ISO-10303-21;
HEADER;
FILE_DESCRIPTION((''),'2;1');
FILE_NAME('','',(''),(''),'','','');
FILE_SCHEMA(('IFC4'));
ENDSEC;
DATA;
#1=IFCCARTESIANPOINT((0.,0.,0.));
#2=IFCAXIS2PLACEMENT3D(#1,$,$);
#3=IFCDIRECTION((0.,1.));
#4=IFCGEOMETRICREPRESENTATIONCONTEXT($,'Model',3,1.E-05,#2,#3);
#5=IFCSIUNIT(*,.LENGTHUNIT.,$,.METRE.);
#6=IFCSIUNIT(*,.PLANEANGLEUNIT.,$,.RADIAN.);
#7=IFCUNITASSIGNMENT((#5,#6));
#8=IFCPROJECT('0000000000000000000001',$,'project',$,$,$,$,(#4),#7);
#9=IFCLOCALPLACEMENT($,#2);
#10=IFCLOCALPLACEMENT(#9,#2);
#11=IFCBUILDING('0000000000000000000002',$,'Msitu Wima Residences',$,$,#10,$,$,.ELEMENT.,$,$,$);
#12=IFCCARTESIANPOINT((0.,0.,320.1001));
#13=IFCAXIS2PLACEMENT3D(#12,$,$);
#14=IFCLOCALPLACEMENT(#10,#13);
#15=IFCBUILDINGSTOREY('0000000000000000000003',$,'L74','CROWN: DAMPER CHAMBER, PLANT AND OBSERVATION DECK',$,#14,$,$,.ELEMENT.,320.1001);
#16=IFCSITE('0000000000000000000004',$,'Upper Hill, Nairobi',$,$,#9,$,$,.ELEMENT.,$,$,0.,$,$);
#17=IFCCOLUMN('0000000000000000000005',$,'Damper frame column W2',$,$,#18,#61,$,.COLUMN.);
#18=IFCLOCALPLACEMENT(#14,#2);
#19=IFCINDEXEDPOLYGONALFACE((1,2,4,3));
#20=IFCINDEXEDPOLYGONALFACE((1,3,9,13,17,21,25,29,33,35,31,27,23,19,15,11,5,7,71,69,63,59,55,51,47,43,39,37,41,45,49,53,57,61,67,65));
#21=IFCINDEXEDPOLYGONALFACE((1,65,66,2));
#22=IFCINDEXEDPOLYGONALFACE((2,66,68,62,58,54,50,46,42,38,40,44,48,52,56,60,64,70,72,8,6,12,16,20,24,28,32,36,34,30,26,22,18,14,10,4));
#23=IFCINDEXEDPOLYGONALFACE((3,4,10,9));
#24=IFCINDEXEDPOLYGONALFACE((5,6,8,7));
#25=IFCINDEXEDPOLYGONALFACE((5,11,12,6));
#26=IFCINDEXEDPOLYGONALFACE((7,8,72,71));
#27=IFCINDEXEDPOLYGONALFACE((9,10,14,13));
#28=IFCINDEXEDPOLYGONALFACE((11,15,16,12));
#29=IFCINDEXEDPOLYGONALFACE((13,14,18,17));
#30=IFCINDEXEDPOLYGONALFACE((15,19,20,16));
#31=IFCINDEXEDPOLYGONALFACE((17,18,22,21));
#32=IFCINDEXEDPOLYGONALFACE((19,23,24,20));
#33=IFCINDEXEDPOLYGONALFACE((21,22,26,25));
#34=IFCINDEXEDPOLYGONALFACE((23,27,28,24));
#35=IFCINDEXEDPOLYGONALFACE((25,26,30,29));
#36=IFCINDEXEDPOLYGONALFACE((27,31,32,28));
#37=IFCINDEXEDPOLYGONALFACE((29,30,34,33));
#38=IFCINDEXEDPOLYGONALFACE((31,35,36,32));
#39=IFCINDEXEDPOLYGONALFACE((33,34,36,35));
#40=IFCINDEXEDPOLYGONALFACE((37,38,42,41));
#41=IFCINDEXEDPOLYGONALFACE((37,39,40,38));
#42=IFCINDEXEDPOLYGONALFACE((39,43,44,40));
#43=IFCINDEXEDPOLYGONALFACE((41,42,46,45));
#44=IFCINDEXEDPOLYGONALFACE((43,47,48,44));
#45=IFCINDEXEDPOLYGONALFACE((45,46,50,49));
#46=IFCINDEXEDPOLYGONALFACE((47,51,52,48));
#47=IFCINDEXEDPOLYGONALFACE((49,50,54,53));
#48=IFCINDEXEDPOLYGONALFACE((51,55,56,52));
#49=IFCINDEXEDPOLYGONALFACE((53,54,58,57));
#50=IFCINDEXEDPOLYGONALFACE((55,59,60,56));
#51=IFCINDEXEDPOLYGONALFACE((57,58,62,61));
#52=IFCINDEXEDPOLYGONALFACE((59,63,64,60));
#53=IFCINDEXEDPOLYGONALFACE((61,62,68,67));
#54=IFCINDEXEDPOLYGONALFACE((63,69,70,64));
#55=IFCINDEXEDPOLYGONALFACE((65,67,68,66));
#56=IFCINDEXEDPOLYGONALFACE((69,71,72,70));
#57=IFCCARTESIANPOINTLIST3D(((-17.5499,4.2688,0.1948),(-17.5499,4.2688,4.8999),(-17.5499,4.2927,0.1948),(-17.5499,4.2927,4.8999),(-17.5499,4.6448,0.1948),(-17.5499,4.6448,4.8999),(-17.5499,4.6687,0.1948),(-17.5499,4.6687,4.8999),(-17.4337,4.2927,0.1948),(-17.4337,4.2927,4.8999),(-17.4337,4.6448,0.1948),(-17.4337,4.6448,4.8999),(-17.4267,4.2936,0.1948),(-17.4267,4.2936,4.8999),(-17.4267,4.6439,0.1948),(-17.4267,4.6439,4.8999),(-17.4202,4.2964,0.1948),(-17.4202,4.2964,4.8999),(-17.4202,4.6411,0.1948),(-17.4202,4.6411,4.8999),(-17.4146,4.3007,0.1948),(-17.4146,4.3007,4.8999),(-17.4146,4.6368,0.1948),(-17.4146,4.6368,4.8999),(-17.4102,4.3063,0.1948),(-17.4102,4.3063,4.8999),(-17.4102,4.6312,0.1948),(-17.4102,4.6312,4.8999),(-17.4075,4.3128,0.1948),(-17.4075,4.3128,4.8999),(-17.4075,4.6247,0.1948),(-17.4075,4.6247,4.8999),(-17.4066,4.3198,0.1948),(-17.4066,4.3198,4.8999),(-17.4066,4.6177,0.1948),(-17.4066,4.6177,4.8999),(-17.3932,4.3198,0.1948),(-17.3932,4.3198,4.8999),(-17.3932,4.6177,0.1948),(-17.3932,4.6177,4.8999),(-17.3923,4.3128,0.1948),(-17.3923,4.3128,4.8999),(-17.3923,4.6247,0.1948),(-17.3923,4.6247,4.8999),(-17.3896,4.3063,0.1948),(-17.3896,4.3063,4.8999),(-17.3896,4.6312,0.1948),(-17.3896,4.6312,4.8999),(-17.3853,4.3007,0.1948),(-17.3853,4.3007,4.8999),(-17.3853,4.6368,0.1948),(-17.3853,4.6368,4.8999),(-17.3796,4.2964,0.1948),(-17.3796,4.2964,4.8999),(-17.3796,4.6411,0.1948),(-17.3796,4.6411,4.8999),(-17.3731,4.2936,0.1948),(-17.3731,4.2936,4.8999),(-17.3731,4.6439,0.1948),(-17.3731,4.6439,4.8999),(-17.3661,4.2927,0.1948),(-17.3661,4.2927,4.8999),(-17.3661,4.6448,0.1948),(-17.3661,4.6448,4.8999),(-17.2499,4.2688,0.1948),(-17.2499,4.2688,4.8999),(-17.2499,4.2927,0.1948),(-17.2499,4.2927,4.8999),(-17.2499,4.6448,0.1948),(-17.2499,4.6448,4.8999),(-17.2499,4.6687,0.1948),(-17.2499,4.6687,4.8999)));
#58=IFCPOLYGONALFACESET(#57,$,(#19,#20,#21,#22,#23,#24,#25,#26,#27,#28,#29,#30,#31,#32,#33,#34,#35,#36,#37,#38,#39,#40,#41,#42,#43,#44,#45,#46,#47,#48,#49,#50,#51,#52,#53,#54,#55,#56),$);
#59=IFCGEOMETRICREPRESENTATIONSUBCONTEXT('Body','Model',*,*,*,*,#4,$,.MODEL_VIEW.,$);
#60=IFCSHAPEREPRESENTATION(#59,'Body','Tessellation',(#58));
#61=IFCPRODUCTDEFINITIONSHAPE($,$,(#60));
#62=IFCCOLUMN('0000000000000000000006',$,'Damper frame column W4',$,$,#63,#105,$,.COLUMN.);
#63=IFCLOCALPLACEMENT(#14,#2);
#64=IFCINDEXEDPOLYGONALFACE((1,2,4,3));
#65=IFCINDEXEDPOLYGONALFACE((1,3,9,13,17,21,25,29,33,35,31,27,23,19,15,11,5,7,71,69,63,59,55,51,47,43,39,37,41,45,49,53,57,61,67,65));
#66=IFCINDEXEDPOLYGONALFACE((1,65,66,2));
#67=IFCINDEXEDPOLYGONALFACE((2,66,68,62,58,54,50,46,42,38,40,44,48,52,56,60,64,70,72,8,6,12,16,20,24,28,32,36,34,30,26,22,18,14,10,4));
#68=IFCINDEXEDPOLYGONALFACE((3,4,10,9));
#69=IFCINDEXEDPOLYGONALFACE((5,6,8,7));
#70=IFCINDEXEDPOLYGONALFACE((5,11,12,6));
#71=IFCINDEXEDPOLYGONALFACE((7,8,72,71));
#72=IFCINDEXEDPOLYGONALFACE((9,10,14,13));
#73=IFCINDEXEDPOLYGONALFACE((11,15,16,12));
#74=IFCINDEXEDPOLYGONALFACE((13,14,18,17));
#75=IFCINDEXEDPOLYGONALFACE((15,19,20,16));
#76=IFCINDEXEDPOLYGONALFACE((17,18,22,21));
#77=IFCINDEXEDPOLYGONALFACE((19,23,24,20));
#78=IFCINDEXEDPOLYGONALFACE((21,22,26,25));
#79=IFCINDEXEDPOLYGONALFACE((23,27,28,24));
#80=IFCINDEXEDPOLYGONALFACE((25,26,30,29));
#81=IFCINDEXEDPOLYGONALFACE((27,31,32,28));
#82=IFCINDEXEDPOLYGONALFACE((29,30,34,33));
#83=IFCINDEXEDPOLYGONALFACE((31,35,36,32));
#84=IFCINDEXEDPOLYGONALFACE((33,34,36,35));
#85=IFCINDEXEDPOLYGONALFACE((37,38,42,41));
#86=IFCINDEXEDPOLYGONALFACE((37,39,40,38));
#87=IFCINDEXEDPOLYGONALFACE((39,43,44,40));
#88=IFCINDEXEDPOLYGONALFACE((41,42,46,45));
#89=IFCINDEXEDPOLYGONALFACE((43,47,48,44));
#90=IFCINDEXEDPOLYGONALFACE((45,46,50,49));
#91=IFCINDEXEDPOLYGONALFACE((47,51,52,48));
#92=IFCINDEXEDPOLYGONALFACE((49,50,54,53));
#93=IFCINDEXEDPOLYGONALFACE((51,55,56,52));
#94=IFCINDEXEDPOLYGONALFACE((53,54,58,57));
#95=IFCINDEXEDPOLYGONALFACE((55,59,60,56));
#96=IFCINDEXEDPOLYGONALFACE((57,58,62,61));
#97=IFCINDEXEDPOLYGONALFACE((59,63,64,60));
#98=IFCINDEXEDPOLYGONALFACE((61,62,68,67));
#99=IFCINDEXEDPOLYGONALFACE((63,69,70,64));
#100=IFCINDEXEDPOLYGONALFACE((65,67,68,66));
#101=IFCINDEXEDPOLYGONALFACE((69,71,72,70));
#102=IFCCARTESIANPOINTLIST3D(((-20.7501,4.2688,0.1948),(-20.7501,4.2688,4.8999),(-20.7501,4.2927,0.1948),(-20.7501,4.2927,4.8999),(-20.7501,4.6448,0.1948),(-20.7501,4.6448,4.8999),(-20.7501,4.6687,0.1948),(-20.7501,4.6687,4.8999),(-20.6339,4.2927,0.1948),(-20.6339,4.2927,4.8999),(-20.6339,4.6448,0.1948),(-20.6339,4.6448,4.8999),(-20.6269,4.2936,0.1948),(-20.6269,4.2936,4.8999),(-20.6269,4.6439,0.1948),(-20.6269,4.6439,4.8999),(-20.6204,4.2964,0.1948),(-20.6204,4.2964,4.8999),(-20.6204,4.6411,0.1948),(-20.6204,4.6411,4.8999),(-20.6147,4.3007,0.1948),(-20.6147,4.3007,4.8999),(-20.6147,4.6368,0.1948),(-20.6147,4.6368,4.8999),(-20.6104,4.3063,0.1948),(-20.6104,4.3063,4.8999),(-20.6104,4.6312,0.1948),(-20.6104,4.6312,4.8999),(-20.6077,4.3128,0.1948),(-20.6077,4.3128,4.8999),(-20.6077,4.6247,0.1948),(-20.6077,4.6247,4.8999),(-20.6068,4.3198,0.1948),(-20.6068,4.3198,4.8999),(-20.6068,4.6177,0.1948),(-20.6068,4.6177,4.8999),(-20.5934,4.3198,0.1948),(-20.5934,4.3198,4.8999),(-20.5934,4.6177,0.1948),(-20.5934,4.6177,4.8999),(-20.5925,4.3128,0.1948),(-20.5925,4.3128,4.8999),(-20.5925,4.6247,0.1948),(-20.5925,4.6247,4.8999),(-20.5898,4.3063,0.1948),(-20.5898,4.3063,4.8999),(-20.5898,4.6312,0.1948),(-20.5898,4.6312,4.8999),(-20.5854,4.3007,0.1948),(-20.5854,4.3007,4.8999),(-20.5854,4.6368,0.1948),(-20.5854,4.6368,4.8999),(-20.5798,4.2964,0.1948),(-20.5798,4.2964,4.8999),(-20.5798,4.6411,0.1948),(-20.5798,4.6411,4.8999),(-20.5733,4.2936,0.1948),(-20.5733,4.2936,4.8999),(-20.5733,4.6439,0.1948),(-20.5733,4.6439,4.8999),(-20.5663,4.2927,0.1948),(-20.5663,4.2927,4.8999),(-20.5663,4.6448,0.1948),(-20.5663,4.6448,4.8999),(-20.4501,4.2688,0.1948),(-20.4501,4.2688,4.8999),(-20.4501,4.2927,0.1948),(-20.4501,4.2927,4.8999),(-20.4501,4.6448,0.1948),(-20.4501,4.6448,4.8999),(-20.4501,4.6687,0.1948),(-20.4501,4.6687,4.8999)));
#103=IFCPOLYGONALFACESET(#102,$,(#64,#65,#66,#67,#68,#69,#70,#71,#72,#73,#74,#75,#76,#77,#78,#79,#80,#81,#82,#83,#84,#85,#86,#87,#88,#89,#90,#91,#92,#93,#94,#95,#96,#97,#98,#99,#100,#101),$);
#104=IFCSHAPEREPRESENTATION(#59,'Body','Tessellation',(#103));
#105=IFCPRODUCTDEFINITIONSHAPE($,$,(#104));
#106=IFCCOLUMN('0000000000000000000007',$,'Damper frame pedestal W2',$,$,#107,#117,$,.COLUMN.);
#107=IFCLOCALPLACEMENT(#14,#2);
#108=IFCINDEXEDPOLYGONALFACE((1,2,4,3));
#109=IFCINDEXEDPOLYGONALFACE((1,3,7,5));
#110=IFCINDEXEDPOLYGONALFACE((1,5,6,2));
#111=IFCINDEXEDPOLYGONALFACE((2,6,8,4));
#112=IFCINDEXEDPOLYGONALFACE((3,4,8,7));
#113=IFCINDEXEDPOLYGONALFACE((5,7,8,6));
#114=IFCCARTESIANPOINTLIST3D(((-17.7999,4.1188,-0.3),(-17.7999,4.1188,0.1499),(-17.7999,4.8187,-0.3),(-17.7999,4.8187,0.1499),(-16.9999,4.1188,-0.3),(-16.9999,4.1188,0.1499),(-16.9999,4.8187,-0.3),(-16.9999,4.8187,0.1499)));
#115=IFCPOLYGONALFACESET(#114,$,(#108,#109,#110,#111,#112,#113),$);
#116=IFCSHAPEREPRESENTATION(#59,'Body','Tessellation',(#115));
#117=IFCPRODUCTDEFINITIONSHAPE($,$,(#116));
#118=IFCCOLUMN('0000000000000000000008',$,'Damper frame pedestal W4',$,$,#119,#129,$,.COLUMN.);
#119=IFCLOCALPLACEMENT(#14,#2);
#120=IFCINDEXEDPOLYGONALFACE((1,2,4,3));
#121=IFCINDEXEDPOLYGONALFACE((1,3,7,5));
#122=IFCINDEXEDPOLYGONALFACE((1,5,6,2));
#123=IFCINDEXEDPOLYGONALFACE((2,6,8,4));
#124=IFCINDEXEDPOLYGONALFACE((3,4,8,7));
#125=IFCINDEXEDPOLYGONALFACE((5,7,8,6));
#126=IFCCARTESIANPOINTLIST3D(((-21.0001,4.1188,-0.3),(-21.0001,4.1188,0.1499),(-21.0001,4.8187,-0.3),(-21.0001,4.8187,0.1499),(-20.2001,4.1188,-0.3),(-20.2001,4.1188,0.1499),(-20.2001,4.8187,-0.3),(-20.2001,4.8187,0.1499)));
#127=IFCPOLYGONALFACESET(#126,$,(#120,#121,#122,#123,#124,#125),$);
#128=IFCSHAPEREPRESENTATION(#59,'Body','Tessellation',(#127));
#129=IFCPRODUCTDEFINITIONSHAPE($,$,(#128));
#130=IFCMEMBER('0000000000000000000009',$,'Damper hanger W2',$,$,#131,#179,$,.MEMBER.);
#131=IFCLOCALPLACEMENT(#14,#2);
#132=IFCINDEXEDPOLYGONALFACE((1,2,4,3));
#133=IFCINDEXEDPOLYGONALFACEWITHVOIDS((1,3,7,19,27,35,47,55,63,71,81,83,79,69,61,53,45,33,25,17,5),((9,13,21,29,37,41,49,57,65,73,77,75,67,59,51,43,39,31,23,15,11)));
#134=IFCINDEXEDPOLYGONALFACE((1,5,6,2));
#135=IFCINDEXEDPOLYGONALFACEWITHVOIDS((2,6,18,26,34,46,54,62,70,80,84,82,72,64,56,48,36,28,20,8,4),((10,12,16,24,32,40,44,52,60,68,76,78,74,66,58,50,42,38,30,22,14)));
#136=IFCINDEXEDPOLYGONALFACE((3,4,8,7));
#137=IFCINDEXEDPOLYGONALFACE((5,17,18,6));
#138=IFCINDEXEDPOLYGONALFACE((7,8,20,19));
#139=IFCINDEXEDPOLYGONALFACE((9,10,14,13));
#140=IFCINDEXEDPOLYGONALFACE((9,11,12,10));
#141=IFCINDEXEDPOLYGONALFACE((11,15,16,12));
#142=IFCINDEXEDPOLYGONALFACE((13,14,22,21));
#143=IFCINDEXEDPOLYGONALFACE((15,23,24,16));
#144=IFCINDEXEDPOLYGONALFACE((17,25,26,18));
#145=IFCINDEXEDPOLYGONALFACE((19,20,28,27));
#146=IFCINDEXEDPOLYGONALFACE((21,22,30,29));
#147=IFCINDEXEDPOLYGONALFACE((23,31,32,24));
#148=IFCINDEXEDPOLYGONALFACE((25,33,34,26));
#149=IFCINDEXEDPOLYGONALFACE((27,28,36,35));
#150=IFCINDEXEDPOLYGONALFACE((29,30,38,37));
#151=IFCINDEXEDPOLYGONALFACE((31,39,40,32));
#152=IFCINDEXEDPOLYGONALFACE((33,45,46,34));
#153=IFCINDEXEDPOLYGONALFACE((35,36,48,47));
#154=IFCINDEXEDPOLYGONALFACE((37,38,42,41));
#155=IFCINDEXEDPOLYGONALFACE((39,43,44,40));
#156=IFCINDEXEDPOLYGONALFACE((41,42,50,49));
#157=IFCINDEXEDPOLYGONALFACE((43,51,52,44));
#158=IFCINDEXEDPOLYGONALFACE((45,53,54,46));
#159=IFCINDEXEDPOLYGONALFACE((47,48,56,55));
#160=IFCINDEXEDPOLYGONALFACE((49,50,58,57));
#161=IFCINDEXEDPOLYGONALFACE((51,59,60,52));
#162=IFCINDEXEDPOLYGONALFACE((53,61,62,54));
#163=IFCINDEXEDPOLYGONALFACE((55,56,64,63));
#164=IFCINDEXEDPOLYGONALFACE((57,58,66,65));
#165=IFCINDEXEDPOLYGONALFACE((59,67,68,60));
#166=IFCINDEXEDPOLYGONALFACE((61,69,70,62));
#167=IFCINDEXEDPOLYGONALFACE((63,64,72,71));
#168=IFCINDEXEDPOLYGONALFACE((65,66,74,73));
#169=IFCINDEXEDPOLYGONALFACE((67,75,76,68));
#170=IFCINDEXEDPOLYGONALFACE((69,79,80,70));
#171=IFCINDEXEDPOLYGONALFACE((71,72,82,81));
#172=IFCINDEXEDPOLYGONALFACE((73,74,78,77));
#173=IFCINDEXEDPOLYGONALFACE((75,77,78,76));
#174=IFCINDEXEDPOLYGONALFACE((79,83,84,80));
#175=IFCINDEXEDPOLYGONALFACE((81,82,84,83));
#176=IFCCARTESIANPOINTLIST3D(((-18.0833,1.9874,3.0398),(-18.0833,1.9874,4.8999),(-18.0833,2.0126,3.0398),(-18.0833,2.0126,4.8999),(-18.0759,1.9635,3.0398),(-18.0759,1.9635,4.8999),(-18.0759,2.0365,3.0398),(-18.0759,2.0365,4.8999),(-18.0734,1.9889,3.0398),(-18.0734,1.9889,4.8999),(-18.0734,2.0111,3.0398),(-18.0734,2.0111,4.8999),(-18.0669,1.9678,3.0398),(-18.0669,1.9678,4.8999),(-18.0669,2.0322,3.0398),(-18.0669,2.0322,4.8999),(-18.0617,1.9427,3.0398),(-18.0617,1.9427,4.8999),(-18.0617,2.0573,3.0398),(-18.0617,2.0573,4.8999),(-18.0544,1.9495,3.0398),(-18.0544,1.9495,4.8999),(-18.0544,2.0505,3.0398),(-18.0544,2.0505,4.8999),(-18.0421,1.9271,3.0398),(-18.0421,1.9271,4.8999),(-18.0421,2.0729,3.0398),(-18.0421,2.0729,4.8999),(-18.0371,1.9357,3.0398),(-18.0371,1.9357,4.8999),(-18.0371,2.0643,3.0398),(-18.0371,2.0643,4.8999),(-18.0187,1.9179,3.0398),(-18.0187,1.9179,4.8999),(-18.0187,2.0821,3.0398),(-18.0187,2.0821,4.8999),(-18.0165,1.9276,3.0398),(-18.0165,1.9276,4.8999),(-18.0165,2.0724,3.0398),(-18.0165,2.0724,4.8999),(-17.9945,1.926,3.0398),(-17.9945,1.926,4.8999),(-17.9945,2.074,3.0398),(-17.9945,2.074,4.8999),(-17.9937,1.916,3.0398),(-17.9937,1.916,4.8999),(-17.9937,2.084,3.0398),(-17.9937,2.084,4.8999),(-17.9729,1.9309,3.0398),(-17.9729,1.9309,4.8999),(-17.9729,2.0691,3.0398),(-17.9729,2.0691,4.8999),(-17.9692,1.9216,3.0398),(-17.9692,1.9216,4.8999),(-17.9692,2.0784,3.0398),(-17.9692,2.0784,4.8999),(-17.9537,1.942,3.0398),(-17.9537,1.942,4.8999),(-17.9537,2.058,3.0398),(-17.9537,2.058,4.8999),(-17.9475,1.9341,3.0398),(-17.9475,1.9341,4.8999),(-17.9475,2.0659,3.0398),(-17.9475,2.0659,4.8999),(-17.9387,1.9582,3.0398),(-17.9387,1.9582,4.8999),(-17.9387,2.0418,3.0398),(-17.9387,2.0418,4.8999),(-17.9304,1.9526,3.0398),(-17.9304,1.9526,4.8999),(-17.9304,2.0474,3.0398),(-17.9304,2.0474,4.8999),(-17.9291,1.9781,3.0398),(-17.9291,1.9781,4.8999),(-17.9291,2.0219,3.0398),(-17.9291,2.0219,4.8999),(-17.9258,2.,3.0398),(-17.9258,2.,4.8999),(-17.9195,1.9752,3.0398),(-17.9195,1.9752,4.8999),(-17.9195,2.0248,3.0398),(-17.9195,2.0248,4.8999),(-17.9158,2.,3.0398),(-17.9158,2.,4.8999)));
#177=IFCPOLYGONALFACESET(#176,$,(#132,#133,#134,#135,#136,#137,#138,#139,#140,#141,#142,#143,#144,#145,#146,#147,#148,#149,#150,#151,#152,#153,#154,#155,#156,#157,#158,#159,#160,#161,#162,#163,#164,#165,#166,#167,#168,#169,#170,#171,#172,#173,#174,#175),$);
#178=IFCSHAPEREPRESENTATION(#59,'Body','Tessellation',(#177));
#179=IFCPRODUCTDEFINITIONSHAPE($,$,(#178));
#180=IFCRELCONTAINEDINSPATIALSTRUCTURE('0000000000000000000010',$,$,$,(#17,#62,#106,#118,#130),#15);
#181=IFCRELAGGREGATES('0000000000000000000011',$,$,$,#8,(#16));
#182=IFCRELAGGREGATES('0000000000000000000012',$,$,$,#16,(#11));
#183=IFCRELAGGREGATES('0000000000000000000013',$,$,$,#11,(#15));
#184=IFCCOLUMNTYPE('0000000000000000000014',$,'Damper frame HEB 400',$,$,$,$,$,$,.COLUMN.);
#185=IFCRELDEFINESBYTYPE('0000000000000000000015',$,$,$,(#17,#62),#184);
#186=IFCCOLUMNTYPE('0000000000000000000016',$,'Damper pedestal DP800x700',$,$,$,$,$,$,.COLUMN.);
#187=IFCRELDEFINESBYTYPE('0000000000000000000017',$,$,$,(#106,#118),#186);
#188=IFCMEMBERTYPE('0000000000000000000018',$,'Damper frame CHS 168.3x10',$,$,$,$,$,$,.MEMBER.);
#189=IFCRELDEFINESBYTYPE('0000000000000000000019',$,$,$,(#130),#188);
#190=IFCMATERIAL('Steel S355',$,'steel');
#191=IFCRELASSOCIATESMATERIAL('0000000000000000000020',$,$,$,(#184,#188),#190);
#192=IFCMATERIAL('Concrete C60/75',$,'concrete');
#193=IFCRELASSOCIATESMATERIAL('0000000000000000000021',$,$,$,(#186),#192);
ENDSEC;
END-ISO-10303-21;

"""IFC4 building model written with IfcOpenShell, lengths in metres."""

from ifc_helpers import new_model, si_unit, direction, frame, origin, origin_2d, place, context, subcontext, project, spatial, rectangle, hollow_circle, i_section, extrude, material, material_profile, profile_set, type_object, element, save


model = new_model("IFC4")

# Units and contexts
model_context = context("Model", 3, precision=1e-05, world=origin(), true_north=direction((0.0, 1.0)))
body_context = subcontext(model_context, "Body", "Model", "MODEL_VIEW")
ifc_project = project(units=[si_unit("LENGTHUNIT", "METRE"), si_unit("PLANEANGLEUNIT", "RADIAN")], contexts=[model_context])

# Site, building, storey
site_placement = place(None, origin())
site = spatial("IfcSite", under=ifc_project, at=site_placement, Name="Upper Hill, Nairobi", CompositionType="ELEMENT", RefElevation=0.0)
building_placement = place(site_placement, origin())
building = spatial("IfcBuilding", under=site, at=building_placement, Name="Msitu Wima Residences", CompositionType="ELEMENT")
storey_placement = place(building_placement, frame((0.0, 0.0, 320.1001)))
storey = spatial("IfcBuildingStorey", under=building, at=storey_placement, Name="L74", Description="CROWN: DAMPER CHAMBER, PLANT AND OBSERVATION DECK", CompositionType="ELEMENT", Elevation=320.1001)

# Columns
ifc_material_1 = material(Name="Steel S355", Category="steel")
ifc_material_profile_1 = material_profile(ifc_material_1, i_section(OverallWidth=0.3, OverallDepth=0.3999, WebThickness=0.0134, FlangeThickness=0.0239, FilletRadius=0.0271, at=origin_2d()), Name="HEB 400")
ifc_profile_set_1 = profile_set([ifc_material_profile_1], Name="Steel S355")
column_type_1 = type_object("IfcColumnType", Name="Damper frame HEB 400", PredefinedType="COLUMN", material=ifc_profile_set_1)
for number, where, z_axis, x_axis, name in (
    (1, (-17.3999, 4.4688, 0.1948), (0.0, 0.0, 1.0), (1.0, 0.0, 0.0), "Damper frame column W2"),
    (2, (-20.6001, 4.4688, 0.1948), (0.0, 0.0, 1.0), (1.0, 0.0, 0.0), "Damper frame column W4"),
):
    element("IfcColumn", number, at=place(storey_placement, frame(where, z_axis=z_axis, x_axis=x_axis)), inside=storey, type_object=column_type_1, Name=name, PredefinedType="COLUMN", context=body_context, shape_type="SweptSolid", body=[
        extrude(i_section(OverallWidth=0.3, OverallDepth=0.3999, WebThickness=0.0134, FlangeThickness=0.0239, FilletRadius=0.0271, at=origin_2d()), origin(), (0.0, 0.0, 1.0), 4.7051),
    ])
ifc_material_2 = material(Name="Concrete C60/75", Category="concrete")
ifc_material_profile_2 = material_profile(ifc_material_2, rectangle(XDim=0.8, YDim=0.7, at=origin_2d()), Name="RC 800x700")
ifc_profile_set_2 = profile_set([ifc_material_profile_2], Name="Concrete C60/75")
column_type_2 = type_object("IfcColumnType", Name="Damper pedestal DP800x700", PredefinedType="COLUMN", material=ifc_profile_set_2)
for number, where, z_axis, x_axis, name in (
    (3, (-17.3999, 4.4688, -0.3), (0.0, 0.0, 1.0), (1.0, 0.0, 0.0), "Damper frame pedestal W2"),
    (4, (-20.6001, 4.4688, -0.3), (0.0, 0.0, 1.0), (1.0, 0.0, 0.0), "Damper frame pedestal W4"),
):
    element("IfcColumn", number, at=place(storey_placement, frame(where, z_axis=z_axis, x_axis=x_axis)), inside=storey, type_object=column_type_2, Name=name, PredefinedType="COLUMN", context=body_context, shape_type="SweptSolid", body=[
        extrude(rectangle(XDim=0.8, YDim=0.7, at=origin_2d()), origin(), (0.0, 0.0, 1.0), 0.45),
    ])

# Member
ifc_material_profile_3 = material_profile(ifc_material_1, hollow_circle(Radius=0.0842, WallThickness=0.01, at=origin_2d()), Name="CHS 168.3x10")
ifc_profile_set_3 = profile_set([ifc_material_profile_3], Name="Steel S355")
member_type_1 = type_object("IfcMemberType", Name="Damper frame CHS 168.3x10", PredefinedType="MEMBER", material=ifc_profile_set_3)
for number, where, z_axis, x_axis, name in (
    (5, (-18.0, 2.0, 3.0398), (0.0, 0.0, 1.0), (1.0, 0.0, 0.0), "Damper hanger W2"),
):
    element("IfcMember", number, at=place(storey_placement, frame(where, z_axis=z_axis, x_axis=x_axis)), inside=storey, type_object=member_type_1, Name=name, PredefinedType="MEMBER", context=body_context, shape_type="SweptSolid", body=[
        extrude(hollow_circle(Radius=0.0842, WallThickness=0.01, at=origin_2d()), origin(), (0.0, 0.0, 1.0), 1.8601),
    ])

save(model, "model.ifc")
